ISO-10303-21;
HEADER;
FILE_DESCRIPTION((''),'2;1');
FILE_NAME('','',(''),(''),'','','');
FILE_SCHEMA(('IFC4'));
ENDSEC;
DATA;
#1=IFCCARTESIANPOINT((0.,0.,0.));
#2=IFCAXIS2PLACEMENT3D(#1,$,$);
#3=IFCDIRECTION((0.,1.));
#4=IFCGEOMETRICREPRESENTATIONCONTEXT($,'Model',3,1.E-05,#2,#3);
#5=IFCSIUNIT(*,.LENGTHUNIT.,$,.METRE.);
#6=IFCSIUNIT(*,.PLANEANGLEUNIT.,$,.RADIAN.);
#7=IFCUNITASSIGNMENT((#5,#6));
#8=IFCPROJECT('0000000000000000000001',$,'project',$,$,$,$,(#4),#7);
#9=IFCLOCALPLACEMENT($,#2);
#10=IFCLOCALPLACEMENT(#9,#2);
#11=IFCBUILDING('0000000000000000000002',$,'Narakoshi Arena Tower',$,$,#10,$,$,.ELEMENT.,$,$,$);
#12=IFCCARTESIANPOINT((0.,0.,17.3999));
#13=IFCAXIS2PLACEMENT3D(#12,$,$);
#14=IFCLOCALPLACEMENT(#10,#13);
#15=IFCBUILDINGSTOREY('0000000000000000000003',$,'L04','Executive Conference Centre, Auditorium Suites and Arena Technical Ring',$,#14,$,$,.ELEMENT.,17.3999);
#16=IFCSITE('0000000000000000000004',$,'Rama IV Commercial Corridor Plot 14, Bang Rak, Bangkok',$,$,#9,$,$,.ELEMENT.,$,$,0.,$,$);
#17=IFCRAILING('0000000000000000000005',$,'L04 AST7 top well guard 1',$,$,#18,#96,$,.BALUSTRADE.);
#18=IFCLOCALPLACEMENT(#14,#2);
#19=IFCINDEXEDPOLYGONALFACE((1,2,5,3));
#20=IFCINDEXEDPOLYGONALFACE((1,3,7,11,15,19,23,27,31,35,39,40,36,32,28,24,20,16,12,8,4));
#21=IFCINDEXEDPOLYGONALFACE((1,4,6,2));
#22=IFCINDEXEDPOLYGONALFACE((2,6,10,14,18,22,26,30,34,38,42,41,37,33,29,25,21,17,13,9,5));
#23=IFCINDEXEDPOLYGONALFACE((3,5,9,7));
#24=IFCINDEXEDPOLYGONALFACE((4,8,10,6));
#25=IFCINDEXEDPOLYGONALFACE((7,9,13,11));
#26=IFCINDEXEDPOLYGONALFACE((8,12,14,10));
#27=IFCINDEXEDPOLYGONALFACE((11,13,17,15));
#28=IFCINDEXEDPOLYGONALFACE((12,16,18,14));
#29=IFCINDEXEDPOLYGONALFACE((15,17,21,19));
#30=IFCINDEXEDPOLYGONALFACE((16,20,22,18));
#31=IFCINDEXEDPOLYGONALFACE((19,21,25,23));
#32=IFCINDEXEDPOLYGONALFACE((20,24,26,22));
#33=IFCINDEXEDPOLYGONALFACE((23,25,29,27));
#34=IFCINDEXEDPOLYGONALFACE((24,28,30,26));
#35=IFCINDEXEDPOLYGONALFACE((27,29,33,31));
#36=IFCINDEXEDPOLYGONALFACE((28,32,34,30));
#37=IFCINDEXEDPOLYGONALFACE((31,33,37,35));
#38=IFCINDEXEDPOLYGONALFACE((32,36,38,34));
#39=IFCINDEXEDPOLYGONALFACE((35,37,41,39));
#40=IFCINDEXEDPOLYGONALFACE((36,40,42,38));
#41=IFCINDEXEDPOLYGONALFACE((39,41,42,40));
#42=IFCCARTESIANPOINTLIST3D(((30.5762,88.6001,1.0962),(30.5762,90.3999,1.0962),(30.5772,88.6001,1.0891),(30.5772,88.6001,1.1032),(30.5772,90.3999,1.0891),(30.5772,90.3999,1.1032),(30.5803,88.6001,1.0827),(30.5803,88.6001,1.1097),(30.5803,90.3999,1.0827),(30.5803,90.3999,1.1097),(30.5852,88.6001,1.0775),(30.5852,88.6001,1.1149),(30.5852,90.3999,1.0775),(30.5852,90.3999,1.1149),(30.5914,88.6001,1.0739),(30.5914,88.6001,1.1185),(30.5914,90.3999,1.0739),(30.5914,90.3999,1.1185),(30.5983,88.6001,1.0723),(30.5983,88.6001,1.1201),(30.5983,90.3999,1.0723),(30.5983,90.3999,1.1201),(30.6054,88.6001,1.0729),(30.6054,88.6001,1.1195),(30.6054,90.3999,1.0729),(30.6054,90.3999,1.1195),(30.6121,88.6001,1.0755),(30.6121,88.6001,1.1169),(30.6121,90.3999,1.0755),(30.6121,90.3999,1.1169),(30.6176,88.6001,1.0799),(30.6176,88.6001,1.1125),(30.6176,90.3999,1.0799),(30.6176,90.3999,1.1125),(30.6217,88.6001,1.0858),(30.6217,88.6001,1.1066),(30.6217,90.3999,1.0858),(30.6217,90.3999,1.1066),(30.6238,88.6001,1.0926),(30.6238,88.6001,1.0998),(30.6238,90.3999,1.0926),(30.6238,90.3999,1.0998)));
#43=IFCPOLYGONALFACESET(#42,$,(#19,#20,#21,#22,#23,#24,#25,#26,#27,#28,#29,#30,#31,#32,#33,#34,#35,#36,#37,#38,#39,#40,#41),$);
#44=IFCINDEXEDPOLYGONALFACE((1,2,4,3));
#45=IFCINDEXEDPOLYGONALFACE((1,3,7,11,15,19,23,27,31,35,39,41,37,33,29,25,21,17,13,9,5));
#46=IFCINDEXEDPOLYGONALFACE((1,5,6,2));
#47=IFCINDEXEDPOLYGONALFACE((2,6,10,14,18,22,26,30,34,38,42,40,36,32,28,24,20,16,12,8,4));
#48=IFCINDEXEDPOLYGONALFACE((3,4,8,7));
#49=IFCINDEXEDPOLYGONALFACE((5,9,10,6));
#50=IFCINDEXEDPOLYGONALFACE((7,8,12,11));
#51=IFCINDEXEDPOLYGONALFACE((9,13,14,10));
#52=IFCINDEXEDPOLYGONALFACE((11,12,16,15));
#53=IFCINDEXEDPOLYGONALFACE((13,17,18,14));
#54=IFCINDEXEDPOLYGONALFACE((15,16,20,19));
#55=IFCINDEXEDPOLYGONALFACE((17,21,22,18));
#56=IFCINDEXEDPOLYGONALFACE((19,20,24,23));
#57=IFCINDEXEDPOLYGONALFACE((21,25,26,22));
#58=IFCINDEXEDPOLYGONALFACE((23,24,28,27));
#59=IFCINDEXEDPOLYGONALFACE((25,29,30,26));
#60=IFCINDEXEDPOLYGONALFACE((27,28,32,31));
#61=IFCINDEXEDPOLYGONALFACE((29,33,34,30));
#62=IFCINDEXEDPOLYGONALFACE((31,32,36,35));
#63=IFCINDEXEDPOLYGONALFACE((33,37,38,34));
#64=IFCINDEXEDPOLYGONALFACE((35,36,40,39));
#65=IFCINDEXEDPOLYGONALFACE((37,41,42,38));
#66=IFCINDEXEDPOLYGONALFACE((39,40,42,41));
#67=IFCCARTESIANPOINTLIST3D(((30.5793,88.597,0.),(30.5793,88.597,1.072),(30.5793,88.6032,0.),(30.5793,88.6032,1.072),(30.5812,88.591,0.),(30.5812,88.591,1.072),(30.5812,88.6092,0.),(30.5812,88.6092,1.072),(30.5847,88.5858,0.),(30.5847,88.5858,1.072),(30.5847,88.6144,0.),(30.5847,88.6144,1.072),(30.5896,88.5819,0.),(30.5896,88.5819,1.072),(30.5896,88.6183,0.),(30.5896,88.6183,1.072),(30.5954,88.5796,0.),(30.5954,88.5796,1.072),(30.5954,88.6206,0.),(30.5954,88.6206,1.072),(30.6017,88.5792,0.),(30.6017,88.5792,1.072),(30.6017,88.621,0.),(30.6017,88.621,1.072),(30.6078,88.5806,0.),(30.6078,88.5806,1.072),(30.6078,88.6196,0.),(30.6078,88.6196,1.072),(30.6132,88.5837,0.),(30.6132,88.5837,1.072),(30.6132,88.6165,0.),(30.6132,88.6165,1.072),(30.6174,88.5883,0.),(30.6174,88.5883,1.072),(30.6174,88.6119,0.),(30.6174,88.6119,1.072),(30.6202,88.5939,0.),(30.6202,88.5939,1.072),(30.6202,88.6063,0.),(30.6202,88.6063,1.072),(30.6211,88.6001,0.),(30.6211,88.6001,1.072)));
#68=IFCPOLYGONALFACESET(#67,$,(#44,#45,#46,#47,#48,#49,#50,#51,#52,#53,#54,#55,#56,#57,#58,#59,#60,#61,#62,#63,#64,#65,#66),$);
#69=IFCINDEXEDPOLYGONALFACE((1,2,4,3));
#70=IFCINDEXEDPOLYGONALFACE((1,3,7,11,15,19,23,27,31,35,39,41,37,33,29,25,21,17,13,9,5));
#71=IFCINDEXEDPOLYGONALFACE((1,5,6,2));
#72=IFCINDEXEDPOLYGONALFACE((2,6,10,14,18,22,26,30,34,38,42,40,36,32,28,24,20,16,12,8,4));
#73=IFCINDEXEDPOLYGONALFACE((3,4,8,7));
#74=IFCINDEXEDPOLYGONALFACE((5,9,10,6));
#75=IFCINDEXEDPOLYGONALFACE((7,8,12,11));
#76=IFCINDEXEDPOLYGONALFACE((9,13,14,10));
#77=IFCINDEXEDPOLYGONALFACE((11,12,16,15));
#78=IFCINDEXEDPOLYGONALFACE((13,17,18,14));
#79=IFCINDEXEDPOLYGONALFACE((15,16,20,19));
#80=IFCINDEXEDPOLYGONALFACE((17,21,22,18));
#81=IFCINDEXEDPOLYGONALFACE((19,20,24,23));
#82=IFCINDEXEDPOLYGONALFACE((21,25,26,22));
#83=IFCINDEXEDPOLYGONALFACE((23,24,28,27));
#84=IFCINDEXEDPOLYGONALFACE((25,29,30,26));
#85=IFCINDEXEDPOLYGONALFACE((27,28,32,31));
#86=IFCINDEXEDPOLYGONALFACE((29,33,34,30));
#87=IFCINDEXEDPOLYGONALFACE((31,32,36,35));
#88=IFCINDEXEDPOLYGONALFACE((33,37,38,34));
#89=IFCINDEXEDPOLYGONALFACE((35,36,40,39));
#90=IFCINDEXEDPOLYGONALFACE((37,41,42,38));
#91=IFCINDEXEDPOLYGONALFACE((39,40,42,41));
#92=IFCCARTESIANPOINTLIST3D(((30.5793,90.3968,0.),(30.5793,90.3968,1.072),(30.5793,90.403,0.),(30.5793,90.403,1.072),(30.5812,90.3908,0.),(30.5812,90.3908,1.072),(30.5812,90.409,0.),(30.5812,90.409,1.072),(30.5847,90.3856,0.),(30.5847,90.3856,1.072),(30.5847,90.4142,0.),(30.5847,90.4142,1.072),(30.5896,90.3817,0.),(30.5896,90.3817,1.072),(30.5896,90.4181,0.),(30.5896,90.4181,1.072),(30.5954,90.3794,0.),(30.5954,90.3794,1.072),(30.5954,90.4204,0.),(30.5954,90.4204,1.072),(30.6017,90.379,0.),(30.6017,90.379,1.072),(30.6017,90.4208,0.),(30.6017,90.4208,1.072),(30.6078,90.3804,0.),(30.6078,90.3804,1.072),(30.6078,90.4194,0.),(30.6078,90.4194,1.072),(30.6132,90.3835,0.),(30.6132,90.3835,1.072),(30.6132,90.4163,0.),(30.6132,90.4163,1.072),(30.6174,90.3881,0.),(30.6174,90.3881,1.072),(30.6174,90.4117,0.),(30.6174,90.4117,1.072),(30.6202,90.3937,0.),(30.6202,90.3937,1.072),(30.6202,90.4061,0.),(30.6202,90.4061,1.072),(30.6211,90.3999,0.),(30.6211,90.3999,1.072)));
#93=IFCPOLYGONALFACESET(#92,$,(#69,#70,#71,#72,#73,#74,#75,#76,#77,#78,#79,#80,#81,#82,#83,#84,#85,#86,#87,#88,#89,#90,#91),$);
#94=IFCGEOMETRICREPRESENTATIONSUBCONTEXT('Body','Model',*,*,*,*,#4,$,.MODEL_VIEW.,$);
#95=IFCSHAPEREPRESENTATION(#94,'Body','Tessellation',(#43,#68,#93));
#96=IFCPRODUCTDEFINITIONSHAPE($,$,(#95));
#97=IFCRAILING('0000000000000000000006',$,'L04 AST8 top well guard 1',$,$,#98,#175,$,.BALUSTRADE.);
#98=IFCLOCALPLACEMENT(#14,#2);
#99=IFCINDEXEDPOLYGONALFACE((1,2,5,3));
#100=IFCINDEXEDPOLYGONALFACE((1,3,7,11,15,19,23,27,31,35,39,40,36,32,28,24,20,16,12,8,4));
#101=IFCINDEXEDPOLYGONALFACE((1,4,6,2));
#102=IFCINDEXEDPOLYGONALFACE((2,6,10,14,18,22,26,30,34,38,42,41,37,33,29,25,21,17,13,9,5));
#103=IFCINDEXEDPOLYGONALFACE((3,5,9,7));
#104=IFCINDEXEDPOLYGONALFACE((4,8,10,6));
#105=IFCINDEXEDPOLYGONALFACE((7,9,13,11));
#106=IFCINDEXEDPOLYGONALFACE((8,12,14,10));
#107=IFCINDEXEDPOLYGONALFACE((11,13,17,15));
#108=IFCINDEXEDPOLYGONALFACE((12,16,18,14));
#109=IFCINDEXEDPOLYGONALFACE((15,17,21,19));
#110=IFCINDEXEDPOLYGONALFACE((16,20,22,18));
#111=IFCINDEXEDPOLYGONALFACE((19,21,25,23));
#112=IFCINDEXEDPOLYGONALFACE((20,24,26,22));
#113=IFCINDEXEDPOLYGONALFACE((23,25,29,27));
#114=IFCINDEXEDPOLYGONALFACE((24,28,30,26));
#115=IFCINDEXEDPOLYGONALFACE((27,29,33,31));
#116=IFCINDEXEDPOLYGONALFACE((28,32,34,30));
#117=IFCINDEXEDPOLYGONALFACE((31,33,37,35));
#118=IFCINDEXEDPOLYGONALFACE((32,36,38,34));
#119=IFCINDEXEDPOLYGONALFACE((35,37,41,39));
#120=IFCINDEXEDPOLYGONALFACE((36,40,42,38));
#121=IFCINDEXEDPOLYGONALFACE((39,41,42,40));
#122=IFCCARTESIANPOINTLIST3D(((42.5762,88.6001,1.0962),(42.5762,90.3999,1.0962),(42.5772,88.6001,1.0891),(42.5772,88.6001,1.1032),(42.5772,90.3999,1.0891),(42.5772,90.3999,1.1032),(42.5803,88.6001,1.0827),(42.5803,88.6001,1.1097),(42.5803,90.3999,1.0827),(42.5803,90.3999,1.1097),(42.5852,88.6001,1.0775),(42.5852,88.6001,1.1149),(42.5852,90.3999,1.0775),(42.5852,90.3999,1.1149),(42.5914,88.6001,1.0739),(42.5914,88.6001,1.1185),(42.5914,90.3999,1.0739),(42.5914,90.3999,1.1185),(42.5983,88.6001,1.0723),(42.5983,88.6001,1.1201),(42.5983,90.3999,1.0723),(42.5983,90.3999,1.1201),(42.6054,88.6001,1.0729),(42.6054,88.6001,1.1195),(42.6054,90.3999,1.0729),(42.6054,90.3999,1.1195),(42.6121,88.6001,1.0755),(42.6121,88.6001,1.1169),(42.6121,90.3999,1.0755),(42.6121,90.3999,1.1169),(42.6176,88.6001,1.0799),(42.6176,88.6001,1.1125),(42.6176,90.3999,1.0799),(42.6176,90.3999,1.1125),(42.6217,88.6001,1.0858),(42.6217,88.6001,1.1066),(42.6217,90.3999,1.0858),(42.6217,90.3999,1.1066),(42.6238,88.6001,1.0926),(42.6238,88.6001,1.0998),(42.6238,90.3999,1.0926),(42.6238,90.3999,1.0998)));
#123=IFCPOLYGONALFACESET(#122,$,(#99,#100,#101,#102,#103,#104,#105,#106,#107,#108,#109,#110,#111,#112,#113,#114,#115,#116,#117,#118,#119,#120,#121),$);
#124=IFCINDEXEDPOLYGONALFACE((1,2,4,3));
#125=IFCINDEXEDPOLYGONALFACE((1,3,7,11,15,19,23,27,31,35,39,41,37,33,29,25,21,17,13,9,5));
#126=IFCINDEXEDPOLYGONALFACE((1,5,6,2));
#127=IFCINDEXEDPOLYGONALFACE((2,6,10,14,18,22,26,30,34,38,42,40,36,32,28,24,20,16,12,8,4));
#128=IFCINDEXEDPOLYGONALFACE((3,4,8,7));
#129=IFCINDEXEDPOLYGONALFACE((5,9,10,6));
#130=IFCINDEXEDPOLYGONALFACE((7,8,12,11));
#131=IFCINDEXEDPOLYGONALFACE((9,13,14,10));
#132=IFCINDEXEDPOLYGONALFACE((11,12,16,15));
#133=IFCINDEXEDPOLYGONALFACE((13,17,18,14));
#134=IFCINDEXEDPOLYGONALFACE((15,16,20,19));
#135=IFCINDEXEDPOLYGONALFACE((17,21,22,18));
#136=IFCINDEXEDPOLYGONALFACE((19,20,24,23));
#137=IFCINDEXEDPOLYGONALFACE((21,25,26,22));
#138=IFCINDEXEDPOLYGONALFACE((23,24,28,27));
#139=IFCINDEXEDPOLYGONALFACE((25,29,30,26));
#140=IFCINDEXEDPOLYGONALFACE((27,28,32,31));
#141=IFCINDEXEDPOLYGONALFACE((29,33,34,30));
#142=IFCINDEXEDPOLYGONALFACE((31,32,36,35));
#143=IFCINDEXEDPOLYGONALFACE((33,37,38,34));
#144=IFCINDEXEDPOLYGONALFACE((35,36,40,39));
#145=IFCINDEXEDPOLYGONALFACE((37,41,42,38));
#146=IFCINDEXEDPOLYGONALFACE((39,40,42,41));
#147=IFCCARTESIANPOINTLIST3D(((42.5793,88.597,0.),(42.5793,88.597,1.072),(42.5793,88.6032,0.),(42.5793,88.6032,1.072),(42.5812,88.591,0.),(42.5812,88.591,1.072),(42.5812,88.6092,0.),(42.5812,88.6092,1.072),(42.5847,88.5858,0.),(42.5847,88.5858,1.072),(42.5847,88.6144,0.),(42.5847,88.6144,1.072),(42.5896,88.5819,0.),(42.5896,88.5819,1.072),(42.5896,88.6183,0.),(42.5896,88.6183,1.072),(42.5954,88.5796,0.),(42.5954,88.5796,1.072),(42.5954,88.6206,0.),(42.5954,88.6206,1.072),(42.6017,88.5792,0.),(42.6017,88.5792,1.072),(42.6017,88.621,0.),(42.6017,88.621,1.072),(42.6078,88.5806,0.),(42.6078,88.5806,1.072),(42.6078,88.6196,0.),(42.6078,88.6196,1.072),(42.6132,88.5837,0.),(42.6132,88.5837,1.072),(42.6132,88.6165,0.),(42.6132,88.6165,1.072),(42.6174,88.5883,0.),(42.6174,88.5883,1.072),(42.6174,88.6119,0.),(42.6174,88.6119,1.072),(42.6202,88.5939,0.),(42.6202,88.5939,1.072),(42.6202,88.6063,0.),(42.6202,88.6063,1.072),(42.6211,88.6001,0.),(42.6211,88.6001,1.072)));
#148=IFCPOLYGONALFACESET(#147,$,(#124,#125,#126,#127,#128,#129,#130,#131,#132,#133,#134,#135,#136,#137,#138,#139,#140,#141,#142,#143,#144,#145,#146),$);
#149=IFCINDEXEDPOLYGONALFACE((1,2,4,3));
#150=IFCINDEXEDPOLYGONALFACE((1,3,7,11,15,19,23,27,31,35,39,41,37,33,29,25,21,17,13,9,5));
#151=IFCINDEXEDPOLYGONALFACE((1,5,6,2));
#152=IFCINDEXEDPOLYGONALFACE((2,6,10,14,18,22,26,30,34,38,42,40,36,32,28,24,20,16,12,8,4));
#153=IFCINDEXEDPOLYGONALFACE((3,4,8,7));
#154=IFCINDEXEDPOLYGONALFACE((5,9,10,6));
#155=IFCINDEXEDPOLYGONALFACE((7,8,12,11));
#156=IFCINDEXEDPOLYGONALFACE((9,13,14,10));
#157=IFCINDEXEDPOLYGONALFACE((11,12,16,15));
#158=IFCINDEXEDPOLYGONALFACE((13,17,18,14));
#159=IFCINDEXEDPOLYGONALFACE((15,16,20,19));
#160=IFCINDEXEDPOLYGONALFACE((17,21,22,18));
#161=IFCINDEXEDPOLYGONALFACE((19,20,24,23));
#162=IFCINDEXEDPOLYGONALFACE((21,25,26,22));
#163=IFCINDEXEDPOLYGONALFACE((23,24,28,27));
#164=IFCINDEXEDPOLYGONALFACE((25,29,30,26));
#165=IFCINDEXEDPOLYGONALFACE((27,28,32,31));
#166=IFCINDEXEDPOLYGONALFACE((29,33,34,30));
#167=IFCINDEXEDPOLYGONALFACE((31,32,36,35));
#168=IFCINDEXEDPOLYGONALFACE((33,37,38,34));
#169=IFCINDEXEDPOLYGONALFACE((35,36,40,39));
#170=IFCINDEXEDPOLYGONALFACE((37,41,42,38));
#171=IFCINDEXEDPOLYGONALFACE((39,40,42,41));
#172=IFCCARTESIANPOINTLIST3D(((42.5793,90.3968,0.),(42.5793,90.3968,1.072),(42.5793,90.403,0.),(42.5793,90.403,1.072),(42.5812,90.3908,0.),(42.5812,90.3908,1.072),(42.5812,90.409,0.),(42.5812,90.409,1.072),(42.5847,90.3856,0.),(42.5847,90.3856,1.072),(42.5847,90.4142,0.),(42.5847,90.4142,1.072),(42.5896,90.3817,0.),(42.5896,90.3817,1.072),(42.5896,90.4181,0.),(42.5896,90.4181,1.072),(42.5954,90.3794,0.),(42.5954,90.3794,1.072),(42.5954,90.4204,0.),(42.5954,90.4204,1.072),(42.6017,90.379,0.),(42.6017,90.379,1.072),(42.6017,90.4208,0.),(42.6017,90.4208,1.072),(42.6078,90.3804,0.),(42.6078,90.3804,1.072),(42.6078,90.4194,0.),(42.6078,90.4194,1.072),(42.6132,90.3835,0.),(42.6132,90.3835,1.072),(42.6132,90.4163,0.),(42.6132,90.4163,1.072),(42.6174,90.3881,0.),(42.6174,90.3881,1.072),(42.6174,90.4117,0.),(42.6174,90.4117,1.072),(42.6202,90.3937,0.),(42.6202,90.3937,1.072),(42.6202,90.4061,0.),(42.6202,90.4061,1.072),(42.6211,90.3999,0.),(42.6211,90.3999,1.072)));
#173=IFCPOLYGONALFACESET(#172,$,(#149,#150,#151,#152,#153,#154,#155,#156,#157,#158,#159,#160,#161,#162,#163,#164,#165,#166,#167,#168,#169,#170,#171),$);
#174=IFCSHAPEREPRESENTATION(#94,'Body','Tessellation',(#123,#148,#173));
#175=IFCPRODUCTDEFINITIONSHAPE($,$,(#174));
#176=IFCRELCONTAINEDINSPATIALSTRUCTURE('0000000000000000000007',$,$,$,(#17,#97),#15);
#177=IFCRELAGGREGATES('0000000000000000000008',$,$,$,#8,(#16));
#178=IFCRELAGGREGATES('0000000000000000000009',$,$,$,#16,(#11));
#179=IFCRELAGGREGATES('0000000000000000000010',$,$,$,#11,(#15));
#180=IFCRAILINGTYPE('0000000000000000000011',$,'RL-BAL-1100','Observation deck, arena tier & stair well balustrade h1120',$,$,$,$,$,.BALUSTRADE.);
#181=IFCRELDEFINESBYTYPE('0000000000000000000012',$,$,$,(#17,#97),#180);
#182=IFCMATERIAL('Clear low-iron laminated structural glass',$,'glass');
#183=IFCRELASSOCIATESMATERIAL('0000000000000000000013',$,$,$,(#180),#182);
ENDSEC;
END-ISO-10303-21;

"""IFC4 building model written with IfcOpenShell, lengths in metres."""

from ifc_helpers import new_model, si_unit, direction, frame, origin, origin_2d, place, context, subcontext, project, spatial, circle, extrude, material, type_object, element, save


model = new_model("IFC4")

# Units and contexts
model_context = context("Model", 3, precision=1e-05, world=origin(), true_north=direction((0.0, 1.0)))
body_context = subcontext(model_context, "Body", "Model", "MODEL_VIEW")
ifc_project = project(units=[si_unit("LENGTHUNIT", "METRE"), si_unit("PLANEANGLEUNIT", "RADIAN")], contexts=[model_context])

# Site, building, storey
site_placement = place(None, origin())
site = spatial("IfcSite", under=ifc_project, at=site_placement, Name="Rama IV Commercial Corridor Plot 14, Bang Rak, Bangkok", CompositionType="ELEMENT", RefElevation=0.0)
building_placement = place(site_placement, origin())
building = spatial("IfcBuilding", under=site, at=building_placement, Name="Narakoshi Arena Tower", CompositionType="ELEMENT")
storey_placement = place(building_placement, frame((0.0, 0.0, 17.3999)))
storey = spatial("IfcBuildingStorey", under=building, at=storey_placement, Name="L04", Description="Executive Conference Centre, Auditorium Suites and Arena Technical Ring", CompositionType="ELEMENT", Elevation=17.3999)

# Railings
ifc_material_1 = material(Name="Clear low-iron laminated structural glass", Category="glass")
railing_type = type_object("IfcRailingType", Name="RL-BAL-1100", Description="Observation deck, arena tier & stair well balustrade h1120", PredefinedType="BALUSTRADE", material=ifc_material_1)
for number, where, name in (
    (1, (30.6001, 88.6001, 0.0), "L04 AST7 top well guard 1"),
    (2, (42.6001, 88.6001, 0.0), "L04 AST8 top well guard 1"),
):
    element("IfcRailing", number, at=place(storey_placement, frame(where)), inside=storey, type_object=railing_type, Name=name, PredefinedType="BALUSTRADE", context=body_context, shape_type="SweptSolid", body=[
        extrude(circle(Radius=0.0239, at=origin_2d()), frame((0.0, 0.0, 1.0962), z_axis=(0.0, 1.0, 0.0), x_axis=(-1.0, 0.0, 0.0)), (0.0, 0.0, 1.0), 1.7998),
        extrude(circle(Radius=0.021, at=origin_2d()), origin(), (0.0, 0.0, 1.0), 1.072),
        extrude(circle(Radius=0.021, at=origin_2d()), frame((0.0, 1.7998, 0.0)), (0.0, 0.0, 1.0), 1.072),
    ])

save(model, "model.ifc")
